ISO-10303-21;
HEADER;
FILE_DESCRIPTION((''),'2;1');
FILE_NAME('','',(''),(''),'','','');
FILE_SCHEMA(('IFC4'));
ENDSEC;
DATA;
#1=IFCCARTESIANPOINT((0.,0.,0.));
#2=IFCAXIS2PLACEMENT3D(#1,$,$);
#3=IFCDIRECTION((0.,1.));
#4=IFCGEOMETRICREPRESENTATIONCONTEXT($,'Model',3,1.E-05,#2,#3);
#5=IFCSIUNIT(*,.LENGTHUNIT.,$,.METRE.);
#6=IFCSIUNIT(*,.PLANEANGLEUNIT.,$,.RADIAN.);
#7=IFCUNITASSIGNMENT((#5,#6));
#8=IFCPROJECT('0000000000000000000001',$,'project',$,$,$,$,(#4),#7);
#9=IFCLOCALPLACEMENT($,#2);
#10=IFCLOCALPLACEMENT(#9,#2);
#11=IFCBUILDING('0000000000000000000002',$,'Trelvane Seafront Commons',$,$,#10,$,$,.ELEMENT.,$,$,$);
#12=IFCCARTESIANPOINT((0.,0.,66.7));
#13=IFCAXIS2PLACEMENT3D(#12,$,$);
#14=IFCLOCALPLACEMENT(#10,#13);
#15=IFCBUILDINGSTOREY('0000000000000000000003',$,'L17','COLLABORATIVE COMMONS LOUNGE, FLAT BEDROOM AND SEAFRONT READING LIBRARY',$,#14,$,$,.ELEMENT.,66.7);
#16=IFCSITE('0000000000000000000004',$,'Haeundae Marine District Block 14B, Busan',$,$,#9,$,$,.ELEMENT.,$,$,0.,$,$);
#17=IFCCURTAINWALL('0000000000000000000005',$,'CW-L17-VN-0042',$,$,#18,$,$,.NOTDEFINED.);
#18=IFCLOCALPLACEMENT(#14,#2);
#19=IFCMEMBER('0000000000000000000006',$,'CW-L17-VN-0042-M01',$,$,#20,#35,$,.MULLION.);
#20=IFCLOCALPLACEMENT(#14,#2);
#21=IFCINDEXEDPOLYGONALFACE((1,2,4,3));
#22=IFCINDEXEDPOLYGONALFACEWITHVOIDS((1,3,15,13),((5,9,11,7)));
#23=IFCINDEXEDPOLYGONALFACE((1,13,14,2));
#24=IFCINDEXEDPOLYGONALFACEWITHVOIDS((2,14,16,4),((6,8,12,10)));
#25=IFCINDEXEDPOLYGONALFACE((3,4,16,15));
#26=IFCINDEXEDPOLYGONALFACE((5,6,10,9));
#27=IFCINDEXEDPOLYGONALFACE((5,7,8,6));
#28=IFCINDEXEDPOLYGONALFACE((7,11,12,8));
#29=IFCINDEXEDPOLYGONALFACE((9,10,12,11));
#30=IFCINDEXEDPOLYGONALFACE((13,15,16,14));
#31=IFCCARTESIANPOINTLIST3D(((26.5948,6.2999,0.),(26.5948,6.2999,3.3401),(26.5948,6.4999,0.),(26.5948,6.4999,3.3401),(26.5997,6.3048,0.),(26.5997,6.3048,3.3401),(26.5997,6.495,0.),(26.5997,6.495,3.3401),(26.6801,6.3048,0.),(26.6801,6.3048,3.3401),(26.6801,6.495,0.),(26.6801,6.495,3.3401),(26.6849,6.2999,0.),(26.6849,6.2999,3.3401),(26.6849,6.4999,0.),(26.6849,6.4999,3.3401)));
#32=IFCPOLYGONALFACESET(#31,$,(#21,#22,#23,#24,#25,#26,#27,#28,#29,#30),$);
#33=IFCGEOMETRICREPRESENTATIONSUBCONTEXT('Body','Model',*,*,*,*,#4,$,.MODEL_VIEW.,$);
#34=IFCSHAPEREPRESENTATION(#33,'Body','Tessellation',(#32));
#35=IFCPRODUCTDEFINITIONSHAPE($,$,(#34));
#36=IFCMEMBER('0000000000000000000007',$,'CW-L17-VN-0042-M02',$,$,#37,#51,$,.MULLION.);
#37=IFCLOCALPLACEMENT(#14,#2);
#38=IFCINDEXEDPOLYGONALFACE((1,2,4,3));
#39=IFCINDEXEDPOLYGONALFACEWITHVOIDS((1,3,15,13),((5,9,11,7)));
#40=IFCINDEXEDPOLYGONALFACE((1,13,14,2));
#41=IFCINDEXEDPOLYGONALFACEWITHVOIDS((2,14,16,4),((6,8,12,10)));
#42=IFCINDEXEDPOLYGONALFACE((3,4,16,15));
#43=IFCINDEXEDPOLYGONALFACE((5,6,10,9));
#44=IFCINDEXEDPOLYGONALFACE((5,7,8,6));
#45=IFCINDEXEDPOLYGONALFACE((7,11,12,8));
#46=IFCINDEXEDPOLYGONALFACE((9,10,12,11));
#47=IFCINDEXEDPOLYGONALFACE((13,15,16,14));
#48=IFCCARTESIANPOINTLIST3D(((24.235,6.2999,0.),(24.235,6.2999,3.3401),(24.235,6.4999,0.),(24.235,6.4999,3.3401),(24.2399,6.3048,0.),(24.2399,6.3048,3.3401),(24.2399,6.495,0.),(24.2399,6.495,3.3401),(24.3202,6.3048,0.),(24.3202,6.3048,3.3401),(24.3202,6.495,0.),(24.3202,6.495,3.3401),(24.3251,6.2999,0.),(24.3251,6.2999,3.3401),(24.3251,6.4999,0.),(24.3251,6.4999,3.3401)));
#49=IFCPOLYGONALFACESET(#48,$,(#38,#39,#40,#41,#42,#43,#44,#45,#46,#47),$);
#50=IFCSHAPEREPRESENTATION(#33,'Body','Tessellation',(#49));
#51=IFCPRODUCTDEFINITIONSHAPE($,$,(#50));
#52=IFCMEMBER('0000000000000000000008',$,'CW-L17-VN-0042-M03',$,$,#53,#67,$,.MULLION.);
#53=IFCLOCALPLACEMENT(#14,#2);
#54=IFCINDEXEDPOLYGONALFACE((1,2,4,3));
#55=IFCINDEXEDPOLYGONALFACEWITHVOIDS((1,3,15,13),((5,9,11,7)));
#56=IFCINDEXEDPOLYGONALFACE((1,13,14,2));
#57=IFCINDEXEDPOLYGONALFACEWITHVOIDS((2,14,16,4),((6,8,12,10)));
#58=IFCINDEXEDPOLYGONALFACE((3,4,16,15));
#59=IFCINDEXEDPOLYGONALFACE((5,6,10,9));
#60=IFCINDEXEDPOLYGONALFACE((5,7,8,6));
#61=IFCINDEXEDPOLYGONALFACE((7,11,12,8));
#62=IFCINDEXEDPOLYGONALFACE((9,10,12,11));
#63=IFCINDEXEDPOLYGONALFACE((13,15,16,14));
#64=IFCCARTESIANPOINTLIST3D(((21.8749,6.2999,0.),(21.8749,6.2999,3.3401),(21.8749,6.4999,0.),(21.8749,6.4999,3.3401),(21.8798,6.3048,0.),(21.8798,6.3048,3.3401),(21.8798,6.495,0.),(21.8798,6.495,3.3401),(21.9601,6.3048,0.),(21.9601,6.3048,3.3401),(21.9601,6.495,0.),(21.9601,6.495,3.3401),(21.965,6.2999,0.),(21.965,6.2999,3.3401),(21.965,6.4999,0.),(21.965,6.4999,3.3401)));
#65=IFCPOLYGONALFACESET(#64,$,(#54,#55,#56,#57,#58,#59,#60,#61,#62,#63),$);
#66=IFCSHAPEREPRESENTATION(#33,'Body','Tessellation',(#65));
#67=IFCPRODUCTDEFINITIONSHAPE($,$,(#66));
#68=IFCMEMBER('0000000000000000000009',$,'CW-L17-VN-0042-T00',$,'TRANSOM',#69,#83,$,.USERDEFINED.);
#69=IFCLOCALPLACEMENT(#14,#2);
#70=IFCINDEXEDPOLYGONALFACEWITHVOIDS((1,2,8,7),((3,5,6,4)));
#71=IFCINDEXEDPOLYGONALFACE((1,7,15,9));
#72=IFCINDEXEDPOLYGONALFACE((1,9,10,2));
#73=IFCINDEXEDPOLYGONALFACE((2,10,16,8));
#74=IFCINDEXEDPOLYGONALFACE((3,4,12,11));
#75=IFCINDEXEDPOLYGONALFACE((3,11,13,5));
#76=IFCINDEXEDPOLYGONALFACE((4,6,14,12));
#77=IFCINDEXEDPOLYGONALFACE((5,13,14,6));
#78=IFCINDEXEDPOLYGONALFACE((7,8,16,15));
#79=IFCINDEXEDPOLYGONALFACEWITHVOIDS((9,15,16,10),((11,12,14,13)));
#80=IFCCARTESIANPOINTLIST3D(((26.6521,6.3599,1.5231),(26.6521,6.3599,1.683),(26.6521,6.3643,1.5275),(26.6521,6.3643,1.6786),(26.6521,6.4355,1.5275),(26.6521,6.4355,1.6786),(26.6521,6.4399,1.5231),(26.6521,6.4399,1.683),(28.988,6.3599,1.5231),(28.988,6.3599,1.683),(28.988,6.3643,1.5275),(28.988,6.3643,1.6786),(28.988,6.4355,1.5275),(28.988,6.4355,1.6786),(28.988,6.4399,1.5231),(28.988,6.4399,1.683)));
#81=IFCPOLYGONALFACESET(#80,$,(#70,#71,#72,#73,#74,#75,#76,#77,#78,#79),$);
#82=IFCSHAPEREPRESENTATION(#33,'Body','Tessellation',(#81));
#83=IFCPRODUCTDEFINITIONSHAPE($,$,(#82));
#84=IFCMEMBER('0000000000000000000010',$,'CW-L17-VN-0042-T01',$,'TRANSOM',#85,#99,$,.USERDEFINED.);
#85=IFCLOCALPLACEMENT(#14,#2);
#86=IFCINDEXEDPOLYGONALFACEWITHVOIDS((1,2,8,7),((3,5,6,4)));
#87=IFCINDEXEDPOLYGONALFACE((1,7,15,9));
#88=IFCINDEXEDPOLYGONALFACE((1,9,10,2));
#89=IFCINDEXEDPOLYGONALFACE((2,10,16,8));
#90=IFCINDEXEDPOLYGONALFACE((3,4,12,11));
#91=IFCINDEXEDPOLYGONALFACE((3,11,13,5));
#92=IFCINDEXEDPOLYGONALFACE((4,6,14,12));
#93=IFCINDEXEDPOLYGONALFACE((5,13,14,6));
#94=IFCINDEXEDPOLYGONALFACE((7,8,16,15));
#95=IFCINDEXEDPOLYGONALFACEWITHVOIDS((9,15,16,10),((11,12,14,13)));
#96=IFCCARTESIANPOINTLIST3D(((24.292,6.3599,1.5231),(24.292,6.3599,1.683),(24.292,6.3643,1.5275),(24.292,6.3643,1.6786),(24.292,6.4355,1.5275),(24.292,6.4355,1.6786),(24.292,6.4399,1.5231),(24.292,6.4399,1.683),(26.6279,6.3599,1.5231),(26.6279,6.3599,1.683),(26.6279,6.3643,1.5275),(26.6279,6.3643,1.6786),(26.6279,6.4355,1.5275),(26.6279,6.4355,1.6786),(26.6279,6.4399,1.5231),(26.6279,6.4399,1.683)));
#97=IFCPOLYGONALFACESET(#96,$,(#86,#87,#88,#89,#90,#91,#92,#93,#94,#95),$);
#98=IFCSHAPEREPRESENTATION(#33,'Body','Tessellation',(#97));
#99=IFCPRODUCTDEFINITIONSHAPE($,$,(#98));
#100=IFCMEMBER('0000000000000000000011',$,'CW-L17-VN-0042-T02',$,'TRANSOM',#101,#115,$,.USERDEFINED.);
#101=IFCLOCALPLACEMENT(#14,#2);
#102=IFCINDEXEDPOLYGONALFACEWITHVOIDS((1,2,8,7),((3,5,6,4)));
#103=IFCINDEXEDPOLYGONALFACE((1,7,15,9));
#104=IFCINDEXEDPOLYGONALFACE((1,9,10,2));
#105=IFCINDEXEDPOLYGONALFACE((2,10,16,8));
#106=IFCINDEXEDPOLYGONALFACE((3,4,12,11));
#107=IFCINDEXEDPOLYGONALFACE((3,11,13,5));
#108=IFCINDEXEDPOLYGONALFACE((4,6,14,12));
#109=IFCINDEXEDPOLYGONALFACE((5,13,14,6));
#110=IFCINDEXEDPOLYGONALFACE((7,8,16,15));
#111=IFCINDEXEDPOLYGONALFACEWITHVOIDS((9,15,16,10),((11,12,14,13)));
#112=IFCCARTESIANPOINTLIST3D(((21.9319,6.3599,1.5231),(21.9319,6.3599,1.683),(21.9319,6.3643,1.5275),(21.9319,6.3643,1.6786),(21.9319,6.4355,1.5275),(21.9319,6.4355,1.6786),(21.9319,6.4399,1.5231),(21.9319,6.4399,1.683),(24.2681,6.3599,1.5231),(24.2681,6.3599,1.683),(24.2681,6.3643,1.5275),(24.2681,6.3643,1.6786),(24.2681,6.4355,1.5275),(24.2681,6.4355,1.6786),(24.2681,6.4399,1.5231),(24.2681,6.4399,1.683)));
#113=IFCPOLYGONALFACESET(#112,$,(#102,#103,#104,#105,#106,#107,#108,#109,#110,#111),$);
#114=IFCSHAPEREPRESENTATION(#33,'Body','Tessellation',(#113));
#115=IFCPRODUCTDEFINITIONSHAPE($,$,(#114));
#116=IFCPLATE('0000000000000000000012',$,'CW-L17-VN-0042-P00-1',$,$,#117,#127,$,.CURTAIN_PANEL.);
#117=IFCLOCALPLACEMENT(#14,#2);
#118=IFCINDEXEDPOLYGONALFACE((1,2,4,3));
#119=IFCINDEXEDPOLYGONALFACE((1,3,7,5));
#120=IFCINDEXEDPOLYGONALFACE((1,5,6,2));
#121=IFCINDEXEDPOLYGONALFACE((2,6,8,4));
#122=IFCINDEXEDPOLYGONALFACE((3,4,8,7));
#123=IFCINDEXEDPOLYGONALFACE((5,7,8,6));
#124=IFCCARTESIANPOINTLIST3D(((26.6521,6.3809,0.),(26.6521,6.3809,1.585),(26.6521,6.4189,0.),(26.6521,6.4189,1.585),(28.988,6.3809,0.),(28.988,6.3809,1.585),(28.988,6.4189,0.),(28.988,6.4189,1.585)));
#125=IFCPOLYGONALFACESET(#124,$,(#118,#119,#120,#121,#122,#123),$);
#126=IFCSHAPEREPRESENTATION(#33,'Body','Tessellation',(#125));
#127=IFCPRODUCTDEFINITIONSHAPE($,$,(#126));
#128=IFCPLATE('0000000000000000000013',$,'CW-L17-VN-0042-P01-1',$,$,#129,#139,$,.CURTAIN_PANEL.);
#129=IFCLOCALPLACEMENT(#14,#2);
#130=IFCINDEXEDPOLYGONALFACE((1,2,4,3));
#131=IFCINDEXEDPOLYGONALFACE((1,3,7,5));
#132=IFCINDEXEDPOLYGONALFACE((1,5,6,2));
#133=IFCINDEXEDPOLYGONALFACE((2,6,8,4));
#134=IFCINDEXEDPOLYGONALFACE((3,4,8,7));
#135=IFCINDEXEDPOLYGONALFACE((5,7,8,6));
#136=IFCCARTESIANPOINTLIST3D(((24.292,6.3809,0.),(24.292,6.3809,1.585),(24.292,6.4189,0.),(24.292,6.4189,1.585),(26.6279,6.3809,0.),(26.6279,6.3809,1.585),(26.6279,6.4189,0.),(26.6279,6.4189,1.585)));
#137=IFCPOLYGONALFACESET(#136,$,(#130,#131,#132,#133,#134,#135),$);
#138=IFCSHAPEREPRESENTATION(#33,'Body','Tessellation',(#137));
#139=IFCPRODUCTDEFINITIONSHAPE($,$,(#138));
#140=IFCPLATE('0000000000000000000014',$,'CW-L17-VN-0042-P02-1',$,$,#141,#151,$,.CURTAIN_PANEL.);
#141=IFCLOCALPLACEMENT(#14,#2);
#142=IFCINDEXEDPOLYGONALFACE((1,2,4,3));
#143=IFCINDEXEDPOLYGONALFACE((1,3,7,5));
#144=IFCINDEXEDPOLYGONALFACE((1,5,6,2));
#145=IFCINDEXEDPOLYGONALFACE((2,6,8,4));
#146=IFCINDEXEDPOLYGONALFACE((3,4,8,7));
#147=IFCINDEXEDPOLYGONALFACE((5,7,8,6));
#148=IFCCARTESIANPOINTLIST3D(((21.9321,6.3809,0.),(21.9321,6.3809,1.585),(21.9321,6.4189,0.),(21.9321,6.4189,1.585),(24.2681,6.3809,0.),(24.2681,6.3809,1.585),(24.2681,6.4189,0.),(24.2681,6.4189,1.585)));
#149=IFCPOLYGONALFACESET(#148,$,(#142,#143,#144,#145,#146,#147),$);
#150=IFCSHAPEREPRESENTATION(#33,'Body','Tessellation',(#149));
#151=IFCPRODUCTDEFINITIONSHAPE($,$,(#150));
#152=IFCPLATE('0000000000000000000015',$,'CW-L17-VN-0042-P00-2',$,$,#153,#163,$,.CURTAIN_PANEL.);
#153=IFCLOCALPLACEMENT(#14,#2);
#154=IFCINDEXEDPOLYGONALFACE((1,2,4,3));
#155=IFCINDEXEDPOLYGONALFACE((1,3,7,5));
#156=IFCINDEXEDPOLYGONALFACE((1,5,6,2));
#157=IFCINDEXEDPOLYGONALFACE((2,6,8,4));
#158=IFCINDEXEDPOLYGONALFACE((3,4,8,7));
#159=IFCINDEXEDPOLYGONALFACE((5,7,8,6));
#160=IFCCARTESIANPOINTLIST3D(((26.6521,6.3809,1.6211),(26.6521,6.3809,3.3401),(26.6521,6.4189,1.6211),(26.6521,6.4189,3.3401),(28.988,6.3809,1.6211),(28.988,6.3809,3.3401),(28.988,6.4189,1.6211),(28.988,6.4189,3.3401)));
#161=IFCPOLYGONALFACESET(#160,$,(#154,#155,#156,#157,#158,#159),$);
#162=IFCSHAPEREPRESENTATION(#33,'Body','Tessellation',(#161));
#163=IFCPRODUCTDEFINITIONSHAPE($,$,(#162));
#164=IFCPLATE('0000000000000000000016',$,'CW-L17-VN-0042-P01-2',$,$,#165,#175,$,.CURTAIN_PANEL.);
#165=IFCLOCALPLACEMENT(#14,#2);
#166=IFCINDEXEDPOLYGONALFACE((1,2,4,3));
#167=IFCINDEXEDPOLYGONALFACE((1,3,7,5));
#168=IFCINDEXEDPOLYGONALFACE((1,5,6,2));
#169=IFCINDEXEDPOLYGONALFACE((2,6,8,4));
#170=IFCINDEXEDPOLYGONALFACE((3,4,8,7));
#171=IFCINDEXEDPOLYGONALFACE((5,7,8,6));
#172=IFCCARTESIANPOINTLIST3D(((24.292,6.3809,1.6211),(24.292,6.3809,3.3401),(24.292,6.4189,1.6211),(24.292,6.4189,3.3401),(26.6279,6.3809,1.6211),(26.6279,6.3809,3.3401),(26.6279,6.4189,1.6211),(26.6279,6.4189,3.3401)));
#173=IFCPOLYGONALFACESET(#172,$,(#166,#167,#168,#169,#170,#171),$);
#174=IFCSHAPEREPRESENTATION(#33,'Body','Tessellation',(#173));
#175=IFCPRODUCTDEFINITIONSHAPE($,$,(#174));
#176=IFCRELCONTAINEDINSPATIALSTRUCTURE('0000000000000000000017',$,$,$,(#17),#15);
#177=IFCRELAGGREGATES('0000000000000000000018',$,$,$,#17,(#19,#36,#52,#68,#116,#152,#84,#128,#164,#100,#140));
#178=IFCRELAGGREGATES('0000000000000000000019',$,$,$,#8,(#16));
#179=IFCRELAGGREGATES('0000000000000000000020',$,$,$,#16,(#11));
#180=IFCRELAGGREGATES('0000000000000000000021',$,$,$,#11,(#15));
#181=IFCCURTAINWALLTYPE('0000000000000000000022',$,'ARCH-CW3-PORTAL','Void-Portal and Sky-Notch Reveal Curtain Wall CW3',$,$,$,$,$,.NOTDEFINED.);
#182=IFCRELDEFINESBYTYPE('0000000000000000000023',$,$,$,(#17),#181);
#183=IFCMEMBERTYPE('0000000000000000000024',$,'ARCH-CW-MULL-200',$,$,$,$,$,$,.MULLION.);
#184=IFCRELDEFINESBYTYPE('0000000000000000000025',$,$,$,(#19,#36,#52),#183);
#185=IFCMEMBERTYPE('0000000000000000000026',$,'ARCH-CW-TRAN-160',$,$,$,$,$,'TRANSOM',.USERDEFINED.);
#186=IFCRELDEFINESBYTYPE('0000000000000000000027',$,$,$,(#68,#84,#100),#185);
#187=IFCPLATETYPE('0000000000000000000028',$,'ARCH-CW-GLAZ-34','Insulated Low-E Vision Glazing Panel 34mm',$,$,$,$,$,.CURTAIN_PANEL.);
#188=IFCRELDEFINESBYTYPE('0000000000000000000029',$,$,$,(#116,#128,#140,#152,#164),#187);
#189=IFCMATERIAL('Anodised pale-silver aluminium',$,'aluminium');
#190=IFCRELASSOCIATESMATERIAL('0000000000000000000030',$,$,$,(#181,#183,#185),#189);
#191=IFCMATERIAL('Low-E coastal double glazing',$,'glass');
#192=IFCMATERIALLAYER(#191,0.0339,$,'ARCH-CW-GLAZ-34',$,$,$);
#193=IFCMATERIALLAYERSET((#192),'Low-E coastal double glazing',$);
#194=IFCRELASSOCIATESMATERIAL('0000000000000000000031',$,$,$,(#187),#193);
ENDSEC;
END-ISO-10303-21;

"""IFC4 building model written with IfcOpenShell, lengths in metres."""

from ifc_helpers import new_model, si_unit, direction, frame, origin, origin_2d, place, context, subcontext, project, spatial, rectangle, hollow_rectangle, extrude, source, transform, mapped, material, layer, layer_set, material_profile, profile_set, type_object, element, aggregate, save


model = new_model("IFC4")

# Units and contexts
model_context = context("Model", 3, precision=1e-05, world=origin(), true_north=direction((0.0, 1.0)))
body_context = subcontext(model_context, "Body", "Model", "MODEL_VIEW")
ifc_project = project(units=[si_unit("LENGTHUNIT", "METRE"), si_unit("PLANEANGLEUNIT", "RADIAN")], contexts=[model_context])

# Site, building, storey
site_placement = place(None, origin())
site = spatial("IfcSite", under=ifc_project, at=site_placement, Name="Haeundae Marine District Block 14B, Busan", CompositionType="ELEMENT", RefElevation=0.0)
building_placement = place(site_placement, origin())
building = spatial("IfcBuilding", under=site, at=building_placement, Name="Trelvane Seafront Commons", CompositionType="ELEMENT")
storey_placement = place(building_placement, frame((0.0, 0.0, 66.7)))
storey = spatial("IfcBuildingStorey", under=building, at=storey_placement, Name="L17", Description="COLLABORATIVE COMMONS LOUNGE, FLAT BEDROOM AND SEAFRONT READING LIBRARY", CompositionType="ELEMENT", Elevation=66.7)

# Curtain wall, members, plates
ifc_material_1 = material(Name="Anodised pale-silver aluminium", Category="aluminium")
curtain_wall_type = type_object("IfcCurtainWallType", Name="ARCH-CW3-PORTAL", Description="Void-Portal and Sky-Notch Reveal Curtain Wall CW3", PredefinedType="NOTDEFINED", material=ifc_material_1)
curtain_wall_placement = place(storey_placement, origin())
curtain_wall = element("IfcCurtainWall", 1, at=curtain_wall_placement, inside=storey, type_object=curtain_wall_type, Name="CW-L17-VN-0042", PredefinedType="NOTDEFINED")
ifc_material_profile_1 = material_profile(ifc_material_1, hollow_rectangle(XDim=0.0901, YDim=0.2, WallThickness=0.0049, at=origin_2d()), Name="MULL-90x200x5")
ifc_profile_set_1 = profile_set([ifc_material_profile_1], Name="Anodised pale-silver aluminium")
member_type_1 = type_object("IfcMemberType", Name="ARCH-CW-MULL-200", PredefinedType="MULLION", material=ifc_profile_set_1)
shared_shape_1 = source(origin(), body_context, "Body", "SweptSolid", [
    extrude(hollow_rectangle(XDim=0.0901, YDim=0.2, WallThickness=0.0049, at=origin_2d()), origin(), (0.0, 0.0, 1.0), 3.3401),
])
member_1_placement = place(storey_placement, frame((26.6399, 6.3999, 0.0), z_axis=(0.0, 0.0, 1.0), x_axis=(1.0, 0.0, 0.0)))
member_1 = element("IfcMember", 2, at=member_1_placement, type_object=member_type_1, Name="CW-L17-VN-0042-M01", PredefinedType="MULLION", context=body_context, shape_type="MappedRepresentation", body=[
    mapped(shared_shape_1, transform((0.0, 0.0, 0.0), x_axis=(1.0, 0.0, 0.0), y_axis=(0.0, 1.0, 0.0), z_axis=(0.0, 0.0, 1.0), scale=1.0)),
])
member_2_placement = place(storey_placement, frame((24.28, 6.3999, 0.0), z_axis=(0.0, 0.0, 1.0), x_axis=(1.0, 0.0, 0.0)))
member_2 = element("IfcMember", 3, at=member_2_placement, type_object=member_type_1, Name="CW-L17-VN-0042-M02", PredefinedType="MULLION", context=body_context, shape_type="MappedRepresentation", body=[
    mapped(shared_shape_1, transform((0.0, 0.0, 0.0), x_axis=(1.0, 0.0, 0.0), y_axis=(0.0, 1.0, 0.0), z_axis=(0.0, 0.0, 1.0), scale=1.0)),
])
member_3_placement = place(storey_placement, frame((21.9199, 6.3999, 0.0), z_axis=(0.0, 0.0, 1.0), x_axis=(1.0, 0.0, 0.0)))
member_3 = element("IfcMember", 4, at=member_3_placement, type_object=member_type_1, Name="CW-L17-VN-0042-M03", PredefinedType="MULLION", context=body_context, shape_type="MappedRepresentation", body=[
    mapped(shared_shape_1, transform((0.0, 0.0, 0.0), x_axis=(1.0, 0.0, 0.0), y_axis=(0.0, 1.0, 0.0), z_axis=(0.0, 0.0, 1.0), scale=1.0)),
])
ifc_material_profile_2 = material_profile(ifc_material_1, hollow_rectangle(XDim=0.0801, YDim=0.1599, WallThickness=0.0044, at=origin_2d()), Name="TRAN-80x160x4.5")
ifc_profile_set_2 = profile_set([ifc_material_profile_2], Name="Anodised pale-silver aluminium")
member_type_2 = type_object("IfcMemberType", Name="ARCH-CW-TRAN-160", ElementType="TRANSOM", PredefinedType="USERDEFINED", material=ifc_profile_set_2)
shared_shape_2 = source(origin(), body_context, "Body", "SweptSolid", [
    extrude(hollow_rectangle(XDim=0.0801, YDim=0.1599, WallThickness=0.0044, at=origin_2d()), origin(), (0.0, 0.0, 1.0), 2.3359),
])
member_4_placement = place(storey_placement, frame((28.988, 6.3999, 1.603), z_axis=(-1.0, 0.0, 0.0), x_axis=(0.0, -1.0, 0.0)))
member_4 = element("IfcMember", 5, at=member_4_placement, type_object=member_type_2, Name="CW-L17-VN-0042-T00", ObjectType="TRANSOM", PredefinedType="USERDEFINED", context=body_context, shape_type="MappedRepresentation", body=[
    mapped(shared_shape_2, transform((0.0, 0.0, 0.0), x_axis=(1.0, 0.0, 0.0), y_axis=(0.0, 1.0, 0.0), z_axis=(0.0, 0.0, 1.0), scale=1.0)),
])
member_5_placement = place(storey_placement, frame((26.6279, 6.3999, 1.603), z_axis=(-1.0, 0.0, 0.0), x_axis=(0.0, -1.0, 0.0)))
member_5 = element("IfcMember", 6, at=member_5_placement, type_object=member_type_2, Name="CW-L17-VN-0042-T01", ObjectType="TRANSOM", PredefinedType="USERDEFINED", context=body_context, shape_type="MappedRepresentation", body=[
    mapped(shared_shape_2, transform((0.0, 0.0, 0.0), x_axis=(1.0, 0.0, 0.0), y_axis=(0.0, 1.0, 0.0), z_axis=(0.0, 0.0, 1.0), scale=1.0)),
])
shared_shape_3 = source(origin(), body_context, "Body", "SweptSolid", [
    extrude(hollow_rectangle(XDim=0.0801, YDim=0.1599, WallThickness=0.0044, at=origin_2d()), origin(), (0.0, 0.0, 1.0), 2.3362),
])
member_6_placement = place(storey_placement, frame((24.2681, 6.3999, 1.603), z_axis=(-1.0, 0.0, 0.0), x_axis=(0.0, -1.0, 0.0)))
member_6 = element("IfcMember", 7, at=member_6_placement, type_object=member_type_2, Name="CW-L17-VN-0042-T02", ObjectType="TRANSOM", PredefinedType="USERDEFINED", context=body_context, shape_type="MappedRepresentation", body=[
    mapped(shared_shape_3, transform((0.0, 0.0, 0.0), x_axis=(1.0, 0.0, 0.0), y_axis=(0.0, 1.0, 0.0), z_axis=(0.0, 0.0, 1.0), scale=1.0)),
])
ifc_material_2 = material(Name="Low-E coastal double glazing", Category="glass")
ifc_layer_1 = layer(ifc_material_2, 0.0339, Name="ARCH-CW-GLAZ-34")
ifc_layer_set_1 = layer_set([ifc_layer_1], Name="Low-E coastal double glazing")
plate_type = type_object("IfcPlateType", Name="ARCH-CW-GLAZ-34", Description="Insulated Low-E Vision Glazing Panel 34mm", PredefinedType="CURTAIN_PANEL", material=ifc_layer_set_1)
shared_shape_4 = source(origin(), body_context, "Body", "SweptSolid", [
    extrude(rectangle(XDim=2.3359, YDim=0.0381, at=origin_2d()), origin(), (0.0, 0.0, 1.0), 1.585),
])
plate_1_placement = place(storey_placement, frame((27.8201, 6.3999, 0.0), z_axis=(0.0, 0.0, 1.0), x_axis=(-1.0, 0.0, 0.0)))
plate_1 = element("IfcPlate", 8, at=plate_1_placement, type_object=plate_type, Name="CW-L17-VN-0042-P00-1", PredefinedType="CURTAIN_PANEL", context=body_context, shape_type="MappedRepresentation", body=[
    mapped(shared_shape_4, transform((0.0, 0.0, 0.0), x_axis=(1.0, 0.0, 0.0), y_axis=(0.0, 1.0, 0.0), z_axis=(0.0, 0.0, 1.0), scale=1.0)),
])
plate_2_placement = place(storey_placement, frame((25.46, 6.3999, 0.0), z_axis=(0.0, 0.0, 1.0), x_axis=(-1.0, 0.0, 0.0)))
plate_2 = element("IfcPlate", 9, at=plate_2_placement, type_object=plate_type, Name="CW-L17-VN-0042-P01-1", PredefinedType="CURTAIN_PANEL", context=body_context, shape_type="MappedRepresentation", body=[
    mapped(shared_shape_4, transform((0.0, 0.0, 0.0), x_axis=(1.0, 0.0, 0.0), y_axis=(0.0, 1.0, 0.0), z_axis=(0.0, 0.0, 1.0), scale=1.0)),
])
plate_3_placement = place(storey_placement, frame((23.1001, 6.3999, 0.0), z_axis=(0.0, 0.0, 1.0), x_axis=(-1.0, 0.0, 0.0)))
plate_3 = element("IfcPlate", 10, at=plate_3_placement, type_object=plate_type, Name="CW-L17-VN-0042-P02-1", PredefinedType="CURTAIN_PANEL", context=body_context, shape_type="MappedRepresentation", body=[
    mapped(shared_shape_4, transform((0.0, 0.0, 0.0), x_axis=(1.0, 0.0, 0.0), y_axis=(0.0, 1.0, 0.0), z_axis=(0.0, 0.0, 1.0), scale=1.0)),
])
shared_shape_5 = source(origin(), body_context, "Body", "SweptSolid", [
    extrude(rectangle(XDim=2.3359, YDim=0.0381, at=origin_2d()), origin(), (0.0, 0.0, 1.0), 1.719),
])
plate_4_placement = place(storey_placement, frame((27.8201, 6.3999, 1.6211), z_axis=(0.0, 0.0, 1.0), x_axis=(-1.0, 0.0, 0.0)))
plate_4 = element("IfcPlate", 11, at=plate_4_placement, type_object=plate_type, Name="CW-L17-VN-0042-P00-2", PredefinedType="CURTAIN_PANEL", context=body_context, shape_type="MappedRepresentation", body=[
    mapped(shared_shape_5, transform((0.0, 0.0, 0.0), x_axis=(1.0, 0.0, 0.0), y_axis=(0.0, 1.0, 0.0), z_axis=(0.0, 0.0, 1.0), scale=1.0)),
])
plate_5_placement = place(storey_placement, frame((25.46, 6.3999, 1.6211), z_axis=(0.0, 0.0, 1.0), x_axis=(-1.0, 0.0, 0.0)))
plate_5 = element("IfcPlate", 12, at=plate_5_placement, type_object=plate_type, Name="CW-L17-VN-0042-P01-2", PredefinedType="CURTAIN_PANEL", context=body_context, shape_type="MappedRepresentation", body=[
    mapped(shared_shape_5, transform((0.0, 0.0, 0.0), x_axis=(1.0, 0.0, 0.0), y_axis=(0.0, 1.0, 0.0), z_axis=(0.0, 0.0, 1.0), scale=1.0)),
])
aggregate(curtain_wall, [member_1, member_2, member_3, member_4, plate_1, plate_4, member_5, plate_2, plate_5, member_6, plate_3])

save(model, "model.ifc")
